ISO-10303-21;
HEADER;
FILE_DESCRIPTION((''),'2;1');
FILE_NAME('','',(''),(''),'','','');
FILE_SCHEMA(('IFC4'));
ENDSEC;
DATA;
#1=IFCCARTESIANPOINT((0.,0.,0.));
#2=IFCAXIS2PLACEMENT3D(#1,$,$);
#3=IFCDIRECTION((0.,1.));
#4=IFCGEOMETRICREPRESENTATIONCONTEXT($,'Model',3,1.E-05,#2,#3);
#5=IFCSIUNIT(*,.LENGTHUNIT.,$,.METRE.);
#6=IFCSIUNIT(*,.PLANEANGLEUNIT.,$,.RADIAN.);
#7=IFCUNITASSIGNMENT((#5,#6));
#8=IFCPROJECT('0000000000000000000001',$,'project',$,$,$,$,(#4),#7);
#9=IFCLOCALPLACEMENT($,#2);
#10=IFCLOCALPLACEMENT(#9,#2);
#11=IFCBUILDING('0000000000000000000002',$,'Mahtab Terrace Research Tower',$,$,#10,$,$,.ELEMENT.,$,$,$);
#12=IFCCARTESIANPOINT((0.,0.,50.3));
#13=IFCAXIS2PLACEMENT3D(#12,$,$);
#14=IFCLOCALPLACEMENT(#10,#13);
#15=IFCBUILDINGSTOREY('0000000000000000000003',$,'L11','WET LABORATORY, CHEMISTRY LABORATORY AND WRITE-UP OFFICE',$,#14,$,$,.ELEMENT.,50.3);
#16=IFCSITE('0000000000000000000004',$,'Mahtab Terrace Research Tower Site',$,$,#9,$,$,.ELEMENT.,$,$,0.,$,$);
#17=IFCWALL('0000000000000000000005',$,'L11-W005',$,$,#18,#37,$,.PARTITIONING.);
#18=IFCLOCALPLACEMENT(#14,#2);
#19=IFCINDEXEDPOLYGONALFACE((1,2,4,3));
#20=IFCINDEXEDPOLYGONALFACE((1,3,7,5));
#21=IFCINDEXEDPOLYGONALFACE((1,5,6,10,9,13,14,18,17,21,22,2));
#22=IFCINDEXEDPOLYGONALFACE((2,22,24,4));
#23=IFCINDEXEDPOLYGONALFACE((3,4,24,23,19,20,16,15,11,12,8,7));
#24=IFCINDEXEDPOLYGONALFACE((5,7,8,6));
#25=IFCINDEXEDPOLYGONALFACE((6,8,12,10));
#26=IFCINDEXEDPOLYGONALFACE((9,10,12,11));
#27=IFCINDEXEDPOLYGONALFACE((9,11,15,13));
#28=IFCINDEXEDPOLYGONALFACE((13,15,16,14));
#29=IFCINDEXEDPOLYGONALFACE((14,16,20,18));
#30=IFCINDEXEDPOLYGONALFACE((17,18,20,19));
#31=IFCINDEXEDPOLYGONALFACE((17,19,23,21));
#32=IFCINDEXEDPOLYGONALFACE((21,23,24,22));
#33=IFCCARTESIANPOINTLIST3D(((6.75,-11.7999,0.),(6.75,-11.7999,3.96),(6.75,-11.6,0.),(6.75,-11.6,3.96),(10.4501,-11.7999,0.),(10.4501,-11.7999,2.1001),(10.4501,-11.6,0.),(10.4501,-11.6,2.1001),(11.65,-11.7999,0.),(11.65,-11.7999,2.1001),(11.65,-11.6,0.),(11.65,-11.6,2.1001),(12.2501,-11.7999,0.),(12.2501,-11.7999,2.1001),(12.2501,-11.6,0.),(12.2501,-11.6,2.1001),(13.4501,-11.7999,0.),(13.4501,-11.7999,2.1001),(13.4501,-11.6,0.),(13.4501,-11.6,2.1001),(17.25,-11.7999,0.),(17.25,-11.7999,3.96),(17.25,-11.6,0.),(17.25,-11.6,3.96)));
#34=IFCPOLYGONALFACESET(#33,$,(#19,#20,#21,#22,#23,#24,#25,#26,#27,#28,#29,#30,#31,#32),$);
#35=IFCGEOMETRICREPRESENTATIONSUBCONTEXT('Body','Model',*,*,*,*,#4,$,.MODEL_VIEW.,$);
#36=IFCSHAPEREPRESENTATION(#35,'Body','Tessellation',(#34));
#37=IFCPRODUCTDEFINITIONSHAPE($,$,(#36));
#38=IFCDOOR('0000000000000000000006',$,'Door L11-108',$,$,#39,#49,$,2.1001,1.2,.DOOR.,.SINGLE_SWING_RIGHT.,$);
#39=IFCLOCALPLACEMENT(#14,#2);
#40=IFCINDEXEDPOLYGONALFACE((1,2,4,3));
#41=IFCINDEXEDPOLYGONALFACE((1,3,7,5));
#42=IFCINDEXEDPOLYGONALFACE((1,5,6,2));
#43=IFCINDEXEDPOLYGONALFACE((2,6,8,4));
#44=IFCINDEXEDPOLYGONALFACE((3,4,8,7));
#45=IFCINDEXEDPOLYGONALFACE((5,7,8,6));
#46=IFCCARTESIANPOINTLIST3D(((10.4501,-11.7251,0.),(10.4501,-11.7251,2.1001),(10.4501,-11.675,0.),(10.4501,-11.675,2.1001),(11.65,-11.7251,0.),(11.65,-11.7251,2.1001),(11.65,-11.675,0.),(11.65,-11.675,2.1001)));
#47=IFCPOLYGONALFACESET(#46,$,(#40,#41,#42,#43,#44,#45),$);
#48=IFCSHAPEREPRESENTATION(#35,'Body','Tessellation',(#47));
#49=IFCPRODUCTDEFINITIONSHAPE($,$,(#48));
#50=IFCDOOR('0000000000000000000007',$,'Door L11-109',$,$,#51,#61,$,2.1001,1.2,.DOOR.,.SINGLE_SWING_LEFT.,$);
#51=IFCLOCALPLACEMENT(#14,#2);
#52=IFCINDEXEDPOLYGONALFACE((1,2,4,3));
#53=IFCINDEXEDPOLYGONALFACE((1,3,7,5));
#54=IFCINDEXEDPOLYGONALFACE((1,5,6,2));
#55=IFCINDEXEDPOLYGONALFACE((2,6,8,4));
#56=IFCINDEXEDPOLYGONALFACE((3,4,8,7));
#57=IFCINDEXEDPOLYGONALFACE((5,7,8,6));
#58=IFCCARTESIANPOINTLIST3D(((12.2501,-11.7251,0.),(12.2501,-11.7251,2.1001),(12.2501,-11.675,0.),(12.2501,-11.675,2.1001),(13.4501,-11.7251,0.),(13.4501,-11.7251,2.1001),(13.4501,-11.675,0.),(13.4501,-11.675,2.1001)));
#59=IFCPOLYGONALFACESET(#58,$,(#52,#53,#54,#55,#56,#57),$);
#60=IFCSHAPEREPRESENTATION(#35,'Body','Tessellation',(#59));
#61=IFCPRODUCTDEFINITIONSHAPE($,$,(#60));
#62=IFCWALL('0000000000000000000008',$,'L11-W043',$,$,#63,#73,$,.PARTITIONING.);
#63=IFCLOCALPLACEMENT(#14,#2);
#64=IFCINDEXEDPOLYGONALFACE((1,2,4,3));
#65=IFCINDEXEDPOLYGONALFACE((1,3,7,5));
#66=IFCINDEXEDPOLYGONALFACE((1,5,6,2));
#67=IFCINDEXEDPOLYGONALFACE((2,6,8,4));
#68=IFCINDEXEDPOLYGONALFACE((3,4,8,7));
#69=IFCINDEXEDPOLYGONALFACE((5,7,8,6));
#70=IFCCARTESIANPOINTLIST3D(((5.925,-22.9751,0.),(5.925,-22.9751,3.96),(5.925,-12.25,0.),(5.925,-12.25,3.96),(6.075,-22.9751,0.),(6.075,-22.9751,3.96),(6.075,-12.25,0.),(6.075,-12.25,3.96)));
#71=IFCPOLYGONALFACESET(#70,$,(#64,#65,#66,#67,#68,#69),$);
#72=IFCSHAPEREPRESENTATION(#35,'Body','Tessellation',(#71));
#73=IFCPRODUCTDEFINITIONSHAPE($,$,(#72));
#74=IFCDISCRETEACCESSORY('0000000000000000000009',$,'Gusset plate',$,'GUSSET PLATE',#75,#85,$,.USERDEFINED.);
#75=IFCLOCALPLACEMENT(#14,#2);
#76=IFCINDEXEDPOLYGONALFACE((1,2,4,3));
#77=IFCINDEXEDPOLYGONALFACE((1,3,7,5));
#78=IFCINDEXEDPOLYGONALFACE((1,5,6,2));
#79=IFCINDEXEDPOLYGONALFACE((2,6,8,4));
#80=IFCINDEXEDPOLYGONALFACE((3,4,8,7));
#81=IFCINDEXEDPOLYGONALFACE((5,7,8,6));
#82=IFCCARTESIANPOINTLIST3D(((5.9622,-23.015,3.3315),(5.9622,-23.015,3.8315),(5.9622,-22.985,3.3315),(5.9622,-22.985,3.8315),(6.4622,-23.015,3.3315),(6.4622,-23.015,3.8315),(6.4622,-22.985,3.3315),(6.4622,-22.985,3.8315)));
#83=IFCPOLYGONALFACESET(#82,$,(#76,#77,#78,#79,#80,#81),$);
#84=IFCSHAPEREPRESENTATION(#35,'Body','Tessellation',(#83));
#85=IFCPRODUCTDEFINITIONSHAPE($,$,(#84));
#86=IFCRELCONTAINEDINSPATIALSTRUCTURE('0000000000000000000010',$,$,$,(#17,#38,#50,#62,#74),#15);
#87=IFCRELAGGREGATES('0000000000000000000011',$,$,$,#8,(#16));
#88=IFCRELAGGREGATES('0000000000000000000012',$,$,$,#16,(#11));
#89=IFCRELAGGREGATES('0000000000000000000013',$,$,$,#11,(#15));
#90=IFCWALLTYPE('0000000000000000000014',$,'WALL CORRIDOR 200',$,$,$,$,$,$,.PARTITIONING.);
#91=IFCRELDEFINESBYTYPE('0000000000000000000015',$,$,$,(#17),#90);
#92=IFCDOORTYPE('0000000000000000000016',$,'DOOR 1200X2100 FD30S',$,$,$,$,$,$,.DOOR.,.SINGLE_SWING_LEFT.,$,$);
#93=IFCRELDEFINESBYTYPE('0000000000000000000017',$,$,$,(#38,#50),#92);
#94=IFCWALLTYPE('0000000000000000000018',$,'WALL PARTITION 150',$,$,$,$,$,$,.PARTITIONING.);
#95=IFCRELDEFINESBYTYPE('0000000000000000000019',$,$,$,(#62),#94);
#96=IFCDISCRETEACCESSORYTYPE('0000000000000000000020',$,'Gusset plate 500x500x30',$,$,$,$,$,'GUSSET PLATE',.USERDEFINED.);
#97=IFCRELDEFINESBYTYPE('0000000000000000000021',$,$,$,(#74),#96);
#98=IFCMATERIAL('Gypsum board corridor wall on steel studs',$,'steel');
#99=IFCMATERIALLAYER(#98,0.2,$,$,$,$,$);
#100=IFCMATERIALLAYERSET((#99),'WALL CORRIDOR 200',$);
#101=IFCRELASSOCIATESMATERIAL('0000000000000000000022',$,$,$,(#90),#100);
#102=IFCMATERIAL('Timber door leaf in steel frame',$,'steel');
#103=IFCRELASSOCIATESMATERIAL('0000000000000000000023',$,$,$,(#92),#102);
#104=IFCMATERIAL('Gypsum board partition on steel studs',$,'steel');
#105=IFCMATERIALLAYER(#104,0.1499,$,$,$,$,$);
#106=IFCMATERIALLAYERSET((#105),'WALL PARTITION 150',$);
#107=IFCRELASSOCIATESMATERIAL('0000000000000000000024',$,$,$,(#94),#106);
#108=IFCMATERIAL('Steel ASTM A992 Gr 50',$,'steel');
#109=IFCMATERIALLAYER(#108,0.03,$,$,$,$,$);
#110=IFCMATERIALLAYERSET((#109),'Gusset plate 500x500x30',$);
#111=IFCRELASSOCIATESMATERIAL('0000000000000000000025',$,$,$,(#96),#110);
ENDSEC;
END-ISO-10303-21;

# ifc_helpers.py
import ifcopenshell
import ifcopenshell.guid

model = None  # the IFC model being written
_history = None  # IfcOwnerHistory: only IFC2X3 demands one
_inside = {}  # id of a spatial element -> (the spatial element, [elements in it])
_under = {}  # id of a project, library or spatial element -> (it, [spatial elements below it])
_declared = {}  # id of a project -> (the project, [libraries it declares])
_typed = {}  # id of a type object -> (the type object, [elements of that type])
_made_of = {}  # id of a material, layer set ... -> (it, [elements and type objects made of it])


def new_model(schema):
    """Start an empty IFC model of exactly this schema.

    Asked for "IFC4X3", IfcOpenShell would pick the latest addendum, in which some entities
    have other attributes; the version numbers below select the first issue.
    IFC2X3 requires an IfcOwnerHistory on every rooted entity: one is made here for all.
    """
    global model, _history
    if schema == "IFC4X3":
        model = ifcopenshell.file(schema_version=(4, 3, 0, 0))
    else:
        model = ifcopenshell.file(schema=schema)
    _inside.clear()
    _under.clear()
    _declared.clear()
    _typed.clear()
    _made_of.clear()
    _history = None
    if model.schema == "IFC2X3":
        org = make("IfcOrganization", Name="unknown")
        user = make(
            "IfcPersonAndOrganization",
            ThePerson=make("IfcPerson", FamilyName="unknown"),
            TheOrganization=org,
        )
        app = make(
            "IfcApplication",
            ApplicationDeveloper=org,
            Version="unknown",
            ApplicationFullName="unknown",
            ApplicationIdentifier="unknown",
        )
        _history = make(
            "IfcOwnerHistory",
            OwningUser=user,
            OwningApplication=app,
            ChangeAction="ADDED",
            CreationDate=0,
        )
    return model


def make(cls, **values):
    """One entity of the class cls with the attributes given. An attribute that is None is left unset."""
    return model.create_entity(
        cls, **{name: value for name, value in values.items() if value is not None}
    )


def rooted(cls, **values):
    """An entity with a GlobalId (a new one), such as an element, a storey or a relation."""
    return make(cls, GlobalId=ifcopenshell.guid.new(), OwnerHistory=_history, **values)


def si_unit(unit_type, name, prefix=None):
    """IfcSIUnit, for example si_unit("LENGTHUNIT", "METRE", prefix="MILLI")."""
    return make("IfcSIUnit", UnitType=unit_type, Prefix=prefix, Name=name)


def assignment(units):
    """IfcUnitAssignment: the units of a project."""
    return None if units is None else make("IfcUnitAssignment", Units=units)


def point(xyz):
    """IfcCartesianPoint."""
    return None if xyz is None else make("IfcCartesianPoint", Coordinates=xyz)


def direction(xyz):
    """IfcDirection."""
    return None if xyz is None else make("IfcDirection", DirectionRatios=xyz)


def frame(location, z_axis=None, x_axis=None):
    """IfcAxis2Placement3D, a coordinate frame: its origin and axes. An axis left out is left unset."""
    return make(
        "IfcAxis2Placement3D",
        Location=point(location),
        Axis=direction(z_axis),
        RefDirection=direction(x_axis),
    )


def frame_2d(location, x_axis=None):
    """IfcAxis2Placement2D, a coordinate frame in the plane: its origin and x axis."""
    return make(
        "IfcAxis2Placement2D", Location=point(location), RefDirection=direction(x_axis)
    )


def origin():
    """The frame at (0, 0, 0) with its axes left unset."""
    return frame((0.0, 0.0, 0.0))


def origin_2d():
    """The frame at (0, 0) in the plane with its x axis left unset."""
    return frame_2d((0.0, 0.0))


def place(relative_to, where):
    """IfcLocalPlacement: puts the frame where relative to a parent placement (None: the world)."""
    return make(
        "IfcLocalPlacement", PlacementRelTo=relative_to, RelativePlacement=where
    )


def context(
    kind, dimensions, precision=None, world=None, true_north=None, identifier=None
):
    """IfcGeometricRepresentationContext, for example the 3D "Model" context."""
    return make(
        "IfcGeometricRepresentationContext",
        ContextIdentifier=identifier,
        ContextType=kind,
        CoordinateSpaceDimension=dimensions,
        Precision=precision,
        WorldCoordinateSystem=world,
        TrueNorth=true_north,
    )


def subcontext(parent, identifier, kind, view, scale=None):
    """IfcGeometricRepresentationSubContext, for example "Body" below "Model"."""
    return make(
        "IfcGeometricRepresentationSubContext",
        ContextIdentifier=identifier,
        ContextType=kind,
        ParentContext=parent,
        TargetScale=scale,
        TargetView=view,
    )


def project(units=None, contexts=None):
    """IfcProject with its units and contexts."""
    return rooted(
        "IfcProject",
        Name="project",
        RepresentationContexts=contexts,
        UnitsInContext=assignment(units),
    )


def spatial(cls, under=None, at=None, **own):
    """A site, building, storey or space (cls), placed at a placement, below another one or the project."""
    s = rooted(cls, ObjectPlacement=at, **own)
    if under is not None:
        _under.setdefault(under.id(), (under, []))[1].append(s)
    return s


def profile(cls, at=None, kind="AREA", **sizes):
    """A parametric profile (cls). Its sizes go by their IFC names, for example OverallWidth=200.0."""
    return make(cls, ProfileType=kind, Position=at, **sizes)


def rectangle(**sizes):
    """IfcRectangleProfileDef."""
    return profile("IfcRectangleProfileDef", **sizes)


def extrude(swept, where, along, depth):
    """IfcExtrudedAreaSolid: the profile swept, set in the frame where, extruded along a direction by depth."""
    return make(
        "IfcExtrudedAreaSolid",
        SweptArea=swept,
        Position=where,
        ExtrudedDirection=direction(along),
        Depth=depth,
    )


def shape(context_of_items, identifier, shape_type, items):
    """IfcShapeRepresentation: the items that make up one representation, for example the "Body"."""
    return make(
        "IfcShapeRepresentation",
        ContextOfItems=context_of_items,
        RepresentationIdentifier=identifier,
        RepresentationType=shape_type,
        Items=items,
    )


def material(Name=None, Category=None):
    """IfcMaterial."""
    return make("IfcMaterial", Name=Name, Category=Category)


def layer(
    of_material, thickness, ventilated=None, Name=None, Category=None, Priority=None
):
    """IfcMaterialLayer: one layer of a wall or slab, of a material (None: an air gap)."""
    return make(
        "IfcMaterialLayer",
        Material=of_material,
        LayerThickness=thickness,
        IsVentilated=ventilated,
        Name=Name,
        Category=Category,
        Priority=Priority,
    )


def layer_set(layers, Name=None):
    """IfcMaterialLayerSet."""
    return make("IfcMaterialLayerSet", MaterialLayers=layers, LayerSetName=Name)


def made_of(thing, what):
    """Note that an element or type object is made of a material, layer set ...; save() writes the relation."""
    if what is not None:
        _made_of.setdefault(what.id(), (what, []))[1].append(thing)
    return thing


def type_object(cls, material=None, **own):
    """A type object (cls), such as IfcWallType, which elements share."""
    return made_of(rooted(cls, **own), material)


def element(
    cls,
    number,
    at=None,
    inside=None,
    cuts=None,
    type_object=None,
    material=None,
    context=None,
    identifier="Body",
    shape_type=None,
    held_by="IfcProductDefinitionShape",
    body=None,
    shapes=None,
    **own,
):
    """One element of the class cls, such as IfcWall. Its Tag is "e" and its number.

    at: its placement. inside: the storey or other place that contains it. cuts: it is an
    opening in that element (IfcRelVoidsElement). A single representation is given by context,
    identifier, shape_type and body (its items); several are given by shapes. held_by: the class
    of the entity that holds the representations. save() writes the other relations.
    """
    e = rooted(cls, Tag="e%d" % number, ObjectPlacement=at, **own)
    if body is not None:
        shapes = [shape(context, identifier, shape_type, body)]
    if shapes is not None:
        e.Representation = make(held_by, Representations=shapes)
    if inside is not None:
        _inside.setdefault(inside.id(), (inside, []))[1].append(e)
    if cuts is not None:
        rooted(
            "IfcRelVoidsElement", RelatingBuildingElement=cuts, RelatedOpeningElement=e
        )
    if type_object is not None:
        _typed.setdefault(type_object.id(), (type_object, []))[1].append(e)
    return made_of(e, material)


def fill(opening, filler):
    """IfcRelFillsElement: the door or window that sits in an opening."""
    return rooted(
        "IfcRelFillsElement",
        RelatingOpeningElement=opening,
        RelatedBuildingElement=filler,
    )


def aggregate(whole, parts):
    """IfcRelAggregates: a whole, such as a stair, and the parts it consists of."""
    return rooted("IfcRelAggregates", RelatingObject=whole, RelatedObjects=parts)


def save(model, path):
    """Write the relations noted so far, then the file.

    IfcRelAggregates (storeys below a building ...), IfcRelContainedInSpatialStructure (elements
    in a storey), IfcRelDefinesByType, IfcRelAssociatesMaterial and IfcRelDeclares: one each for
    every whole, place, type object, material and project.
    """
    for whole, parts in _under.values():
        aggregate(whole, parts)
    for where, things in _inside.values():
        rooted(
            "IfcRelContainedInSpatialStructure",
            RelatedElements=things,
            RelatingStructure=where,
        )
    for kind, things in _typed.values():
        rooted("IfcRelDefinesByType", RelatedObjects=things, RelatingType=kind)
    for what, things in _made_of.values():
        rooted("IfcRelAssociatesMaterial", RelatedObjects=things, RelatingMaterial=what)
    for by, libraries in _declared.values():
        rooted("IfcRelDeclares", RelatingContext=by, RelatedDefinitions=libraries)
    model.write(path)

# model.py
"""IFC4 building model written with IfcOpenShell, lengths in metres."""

from ifc_helpers import new_model, si_unit, direction, frame, frame_2d, origin, origin_2d, place, context, subcontext, project, spatial, rectangle, extrude, material, layer, layer_set, type_object, element, fill, save


model = new_model("IFC4")

# Units and contexts
model_context = context("Model", 3, precision=1e-05, world=origin(), true_north=direction((0.0, 1.0)))
body_context = subcontext(model_context, "Body", "Model", "MODEL_VIEW")
ifc_project = project(units=[si_unit("LENGTHUNIT", "METRE"), si_unit("PLANEANGLEUNIT", "RADIAN")], contexts=[model_context])

# Site, building, storey
site_placement = place(None, origin())
site = spatial("IfcSite", under=ifc_project, at=site_placement, Name="Mahtab Terrace Research Tower Site", CompositionType="ELEMENT", RefElevation=0.0)
building_placement = place(site_placement, origin())
building = spatial("IfcBuilding", under=site, at=building_placement, Name="Mahtab Terrace Research Tower", CompositionType="ELEMENT")
storey_placement = place(building_placement, frame((0.0, 0.0, 50.3)))
storey = spatial("IfcBuildingStorey", under=building, at=storey_placement, Name="L11", Description="WET LABORATORY, CHEMISTRY LABORATORY AND WRITE-UP OFFICE", CompositionType="ELEMENT", Elevation=50.3)

# Shared definitions
ifc_material_1 = material(Name="Steel ASTM A992 Gr 50", Category="steel")

# Wall, openings, doors
ifc_material_2 = material(Name="Gypsum board corridor wall on steel studs", Category="steel")
ifc_layer_1 = layer(ifc_material_2, 0.2)
ifc_layer_set_1 = layer_set([ifc_layer_1], Name="WALL CORRIDOR 200")
wall_type_1 = type_object("IfcWallType", Name="WALL CORRIDOR 200", PredefinedType="PARTITIONING", material=ifc_layer_set_1)
wall_1_placement = place(storey_placement, frame((6.75, -11.7, 0.0), z_axis=(0.0, 0.0, 1.0), x_axis=(1.0, 0.0, 0.0)))
wall_1 = element("IfcWall", 1, at=wall_1_placement, inside=storey, type_object=wall_type_1, Name="L11-W005", PredefinedType="PARTITIONING", context=body_context, shape_type="SweptSolid", body=[
    extrude(rectangle(XDim=10.5, YDim=0.2, at=frame_2d((5.25, 0.0))), origin(), (0.0, 0.0, 1.0), 3.96),
])
opening_1_placement = place(wall_1_placement, frame((3.7, 0.0, 0.0)))
opening_1 = element("IfcOpeningElement", 2, at=opening_1_placement, cuts=wall_1, PredefinedType="OPENING", context=body_context, shape_type="SweptSolid", body=[
    extrude(rectangle(XDim=1.2, YDim=2.1001, at=frame_2d((0.6001, 1.05))), frame((0.0, 0.1099, 0.0), z_axis=(0.0, -1.0, 0.0), x_axis=(1.0, 0.0, 0.0)), (0.0, 0.0, 1.0), 0.22),
])
opening_2_placement = place(wall_1_placement, frame((5.5, 0.0, 0.0)))
opening_2 = element("IfcOpeningElement", 3, at=opening_2_placement, cuts=wall_1, PredefinedType="OPENING", context=body_context, shape_type="SweptSolid", body=[
    extrude(rectangle(XDim=1.2, YDim=2.1001, at=frame_2d((0.6001, 1.05))), frame((0.0, 0.1099, 0.0), z_axis=(0.0, -1.0, 0.0), x_axis=(1.0, 0.0, 0.0)), (0.0, 0.0, 1.0), 0.22),
])
ifc_material_3 = material(Name="Timber door leaf in steel frame", Category="steel")
door_type = type_object("IfcDoorType", Name="DOOR 1200X2100 FD30S", OperationType="SINGLE_SWING_LEFT", PredefinedType="DOOR", material=ifc_material_3)
door_1_placement = place(opening_1_placement, origin())
door_1 = element("IfcDoor", 4, at=door_1_placement, inside=storey, type_object=door_type, Name="Door L11-108", OperationType="SINGLE_SWING_RIGHT", OverallHeight=2.1001, OverallWidth=1.2, PredefinedType="DOOR", context=body_context, shape_type="SweptSolid", body=[
    extrude(rectangle(XDim=1.2, YDim=2.1001, at=frame_2d((0.6001, 1.05))), frame((0.0, 0.0249, 0.0), z_axis=(0.0, -1.0, 0.0), x_axis=(1.0, 0.0, 0.0)), (0.0, 0.0, 1.0), 0.05),
])
fill(opening_1, door_1)
door_2_placement = place(opening_2_placement, origin())
door_2 = element("IfcDoor", 5, at=door_2_placement, inside=storey, type_object=door_type, Name="Door L11-109", OperationType="SINGLE_SWING_LEFT", OverallHeight=2.1001, OverallWidth=1.2, PredefinedType="DOOR", context=body_context, shape_type="SweptSolid", body=[
    extrude(rectangle(XDim=1.2, YDim=2.1001, at=frame_2d((0.6001, 1.05))), frame((0.0, 0.0249, 0.0), z_axis=(0.0, -1.0, 0.0), x_axis=(1.0, 0.0, 0.0)), (0.0, 0.0, 1.0), 0.05),
])
fill(opening_2, door_2)

# Wall
ifc_material_4 = material(Name="Gypsum board partition on steel studs", Category="steel")
ifc_layer_2 = layer(ifc_material_4, 0.1499)
ifc_layer_set_2 = layer_set([ifc_layer_2], Name="WALL PARTITION 150")
wall_type_2 = type_object("IfcWallType", Name="WALL PARTITION 150", PredefinedType="PARTITIONING", material=ifc_layer_set_2)
wall_2_placement = place(storey_placement, frame((6.0, -22.9751, 0.0), z_axis=(0.0, 0.0, 1.0), x_axis=(0.0, 1.0, 0.0)))
element("IfcWall", 6, at=wall_2_placement, inside=storey, type_object=wall_type_2, Name="L11-W043", PredefinedType="PARTITIONING", context=body_context, shape_type="SweptSolid", body=[
    extrude(rectangle(XDim=10.7251, YDim=0.1499, at=frame_2d((5.3625, 0.0))), origin(), (0.0, 0.0, 1.0), 3.96),
])

# Discrete accessory
ifc_layer_3 = layer(ifc_material_1, 0.03)
ifc_layer_set_3 = layer_set([ifc_layer_3], Name="Gusset plate 500x500x30")
discrete_accessory_type = type_object("IfcDiscreteAccessoryType", Name="Gusset plate 500x500x30", ElementType="GUSSET PLATE", PredefinedType="USERDEFINED", material=ifc_layer_set_3)
discrete_accessory_placement = place(storey_placement, frame((6.2122, -23.0, 3.3315), z_axis=(0.0, 0.0, 1.0), x_axis=(1.0, 0.0, 0.0)))
element("IfcDiscreteAccessory", 7, at=discrete_accessory_placement, inside=storey, type_object=discrete_accessory_type, Name="Gusset plate", ObjectType="GUSSET PLATE", PredefinedType="USERDEFINED", context=body_context, shape_type="SweptSolid", body=[
    extrude(rectangle(XDim=0.5, YDim=0.03, at=origin_2d()), origin(), (0.0, 0.0, 1.0), 0.5),
])

save(model, "model.ifc")
